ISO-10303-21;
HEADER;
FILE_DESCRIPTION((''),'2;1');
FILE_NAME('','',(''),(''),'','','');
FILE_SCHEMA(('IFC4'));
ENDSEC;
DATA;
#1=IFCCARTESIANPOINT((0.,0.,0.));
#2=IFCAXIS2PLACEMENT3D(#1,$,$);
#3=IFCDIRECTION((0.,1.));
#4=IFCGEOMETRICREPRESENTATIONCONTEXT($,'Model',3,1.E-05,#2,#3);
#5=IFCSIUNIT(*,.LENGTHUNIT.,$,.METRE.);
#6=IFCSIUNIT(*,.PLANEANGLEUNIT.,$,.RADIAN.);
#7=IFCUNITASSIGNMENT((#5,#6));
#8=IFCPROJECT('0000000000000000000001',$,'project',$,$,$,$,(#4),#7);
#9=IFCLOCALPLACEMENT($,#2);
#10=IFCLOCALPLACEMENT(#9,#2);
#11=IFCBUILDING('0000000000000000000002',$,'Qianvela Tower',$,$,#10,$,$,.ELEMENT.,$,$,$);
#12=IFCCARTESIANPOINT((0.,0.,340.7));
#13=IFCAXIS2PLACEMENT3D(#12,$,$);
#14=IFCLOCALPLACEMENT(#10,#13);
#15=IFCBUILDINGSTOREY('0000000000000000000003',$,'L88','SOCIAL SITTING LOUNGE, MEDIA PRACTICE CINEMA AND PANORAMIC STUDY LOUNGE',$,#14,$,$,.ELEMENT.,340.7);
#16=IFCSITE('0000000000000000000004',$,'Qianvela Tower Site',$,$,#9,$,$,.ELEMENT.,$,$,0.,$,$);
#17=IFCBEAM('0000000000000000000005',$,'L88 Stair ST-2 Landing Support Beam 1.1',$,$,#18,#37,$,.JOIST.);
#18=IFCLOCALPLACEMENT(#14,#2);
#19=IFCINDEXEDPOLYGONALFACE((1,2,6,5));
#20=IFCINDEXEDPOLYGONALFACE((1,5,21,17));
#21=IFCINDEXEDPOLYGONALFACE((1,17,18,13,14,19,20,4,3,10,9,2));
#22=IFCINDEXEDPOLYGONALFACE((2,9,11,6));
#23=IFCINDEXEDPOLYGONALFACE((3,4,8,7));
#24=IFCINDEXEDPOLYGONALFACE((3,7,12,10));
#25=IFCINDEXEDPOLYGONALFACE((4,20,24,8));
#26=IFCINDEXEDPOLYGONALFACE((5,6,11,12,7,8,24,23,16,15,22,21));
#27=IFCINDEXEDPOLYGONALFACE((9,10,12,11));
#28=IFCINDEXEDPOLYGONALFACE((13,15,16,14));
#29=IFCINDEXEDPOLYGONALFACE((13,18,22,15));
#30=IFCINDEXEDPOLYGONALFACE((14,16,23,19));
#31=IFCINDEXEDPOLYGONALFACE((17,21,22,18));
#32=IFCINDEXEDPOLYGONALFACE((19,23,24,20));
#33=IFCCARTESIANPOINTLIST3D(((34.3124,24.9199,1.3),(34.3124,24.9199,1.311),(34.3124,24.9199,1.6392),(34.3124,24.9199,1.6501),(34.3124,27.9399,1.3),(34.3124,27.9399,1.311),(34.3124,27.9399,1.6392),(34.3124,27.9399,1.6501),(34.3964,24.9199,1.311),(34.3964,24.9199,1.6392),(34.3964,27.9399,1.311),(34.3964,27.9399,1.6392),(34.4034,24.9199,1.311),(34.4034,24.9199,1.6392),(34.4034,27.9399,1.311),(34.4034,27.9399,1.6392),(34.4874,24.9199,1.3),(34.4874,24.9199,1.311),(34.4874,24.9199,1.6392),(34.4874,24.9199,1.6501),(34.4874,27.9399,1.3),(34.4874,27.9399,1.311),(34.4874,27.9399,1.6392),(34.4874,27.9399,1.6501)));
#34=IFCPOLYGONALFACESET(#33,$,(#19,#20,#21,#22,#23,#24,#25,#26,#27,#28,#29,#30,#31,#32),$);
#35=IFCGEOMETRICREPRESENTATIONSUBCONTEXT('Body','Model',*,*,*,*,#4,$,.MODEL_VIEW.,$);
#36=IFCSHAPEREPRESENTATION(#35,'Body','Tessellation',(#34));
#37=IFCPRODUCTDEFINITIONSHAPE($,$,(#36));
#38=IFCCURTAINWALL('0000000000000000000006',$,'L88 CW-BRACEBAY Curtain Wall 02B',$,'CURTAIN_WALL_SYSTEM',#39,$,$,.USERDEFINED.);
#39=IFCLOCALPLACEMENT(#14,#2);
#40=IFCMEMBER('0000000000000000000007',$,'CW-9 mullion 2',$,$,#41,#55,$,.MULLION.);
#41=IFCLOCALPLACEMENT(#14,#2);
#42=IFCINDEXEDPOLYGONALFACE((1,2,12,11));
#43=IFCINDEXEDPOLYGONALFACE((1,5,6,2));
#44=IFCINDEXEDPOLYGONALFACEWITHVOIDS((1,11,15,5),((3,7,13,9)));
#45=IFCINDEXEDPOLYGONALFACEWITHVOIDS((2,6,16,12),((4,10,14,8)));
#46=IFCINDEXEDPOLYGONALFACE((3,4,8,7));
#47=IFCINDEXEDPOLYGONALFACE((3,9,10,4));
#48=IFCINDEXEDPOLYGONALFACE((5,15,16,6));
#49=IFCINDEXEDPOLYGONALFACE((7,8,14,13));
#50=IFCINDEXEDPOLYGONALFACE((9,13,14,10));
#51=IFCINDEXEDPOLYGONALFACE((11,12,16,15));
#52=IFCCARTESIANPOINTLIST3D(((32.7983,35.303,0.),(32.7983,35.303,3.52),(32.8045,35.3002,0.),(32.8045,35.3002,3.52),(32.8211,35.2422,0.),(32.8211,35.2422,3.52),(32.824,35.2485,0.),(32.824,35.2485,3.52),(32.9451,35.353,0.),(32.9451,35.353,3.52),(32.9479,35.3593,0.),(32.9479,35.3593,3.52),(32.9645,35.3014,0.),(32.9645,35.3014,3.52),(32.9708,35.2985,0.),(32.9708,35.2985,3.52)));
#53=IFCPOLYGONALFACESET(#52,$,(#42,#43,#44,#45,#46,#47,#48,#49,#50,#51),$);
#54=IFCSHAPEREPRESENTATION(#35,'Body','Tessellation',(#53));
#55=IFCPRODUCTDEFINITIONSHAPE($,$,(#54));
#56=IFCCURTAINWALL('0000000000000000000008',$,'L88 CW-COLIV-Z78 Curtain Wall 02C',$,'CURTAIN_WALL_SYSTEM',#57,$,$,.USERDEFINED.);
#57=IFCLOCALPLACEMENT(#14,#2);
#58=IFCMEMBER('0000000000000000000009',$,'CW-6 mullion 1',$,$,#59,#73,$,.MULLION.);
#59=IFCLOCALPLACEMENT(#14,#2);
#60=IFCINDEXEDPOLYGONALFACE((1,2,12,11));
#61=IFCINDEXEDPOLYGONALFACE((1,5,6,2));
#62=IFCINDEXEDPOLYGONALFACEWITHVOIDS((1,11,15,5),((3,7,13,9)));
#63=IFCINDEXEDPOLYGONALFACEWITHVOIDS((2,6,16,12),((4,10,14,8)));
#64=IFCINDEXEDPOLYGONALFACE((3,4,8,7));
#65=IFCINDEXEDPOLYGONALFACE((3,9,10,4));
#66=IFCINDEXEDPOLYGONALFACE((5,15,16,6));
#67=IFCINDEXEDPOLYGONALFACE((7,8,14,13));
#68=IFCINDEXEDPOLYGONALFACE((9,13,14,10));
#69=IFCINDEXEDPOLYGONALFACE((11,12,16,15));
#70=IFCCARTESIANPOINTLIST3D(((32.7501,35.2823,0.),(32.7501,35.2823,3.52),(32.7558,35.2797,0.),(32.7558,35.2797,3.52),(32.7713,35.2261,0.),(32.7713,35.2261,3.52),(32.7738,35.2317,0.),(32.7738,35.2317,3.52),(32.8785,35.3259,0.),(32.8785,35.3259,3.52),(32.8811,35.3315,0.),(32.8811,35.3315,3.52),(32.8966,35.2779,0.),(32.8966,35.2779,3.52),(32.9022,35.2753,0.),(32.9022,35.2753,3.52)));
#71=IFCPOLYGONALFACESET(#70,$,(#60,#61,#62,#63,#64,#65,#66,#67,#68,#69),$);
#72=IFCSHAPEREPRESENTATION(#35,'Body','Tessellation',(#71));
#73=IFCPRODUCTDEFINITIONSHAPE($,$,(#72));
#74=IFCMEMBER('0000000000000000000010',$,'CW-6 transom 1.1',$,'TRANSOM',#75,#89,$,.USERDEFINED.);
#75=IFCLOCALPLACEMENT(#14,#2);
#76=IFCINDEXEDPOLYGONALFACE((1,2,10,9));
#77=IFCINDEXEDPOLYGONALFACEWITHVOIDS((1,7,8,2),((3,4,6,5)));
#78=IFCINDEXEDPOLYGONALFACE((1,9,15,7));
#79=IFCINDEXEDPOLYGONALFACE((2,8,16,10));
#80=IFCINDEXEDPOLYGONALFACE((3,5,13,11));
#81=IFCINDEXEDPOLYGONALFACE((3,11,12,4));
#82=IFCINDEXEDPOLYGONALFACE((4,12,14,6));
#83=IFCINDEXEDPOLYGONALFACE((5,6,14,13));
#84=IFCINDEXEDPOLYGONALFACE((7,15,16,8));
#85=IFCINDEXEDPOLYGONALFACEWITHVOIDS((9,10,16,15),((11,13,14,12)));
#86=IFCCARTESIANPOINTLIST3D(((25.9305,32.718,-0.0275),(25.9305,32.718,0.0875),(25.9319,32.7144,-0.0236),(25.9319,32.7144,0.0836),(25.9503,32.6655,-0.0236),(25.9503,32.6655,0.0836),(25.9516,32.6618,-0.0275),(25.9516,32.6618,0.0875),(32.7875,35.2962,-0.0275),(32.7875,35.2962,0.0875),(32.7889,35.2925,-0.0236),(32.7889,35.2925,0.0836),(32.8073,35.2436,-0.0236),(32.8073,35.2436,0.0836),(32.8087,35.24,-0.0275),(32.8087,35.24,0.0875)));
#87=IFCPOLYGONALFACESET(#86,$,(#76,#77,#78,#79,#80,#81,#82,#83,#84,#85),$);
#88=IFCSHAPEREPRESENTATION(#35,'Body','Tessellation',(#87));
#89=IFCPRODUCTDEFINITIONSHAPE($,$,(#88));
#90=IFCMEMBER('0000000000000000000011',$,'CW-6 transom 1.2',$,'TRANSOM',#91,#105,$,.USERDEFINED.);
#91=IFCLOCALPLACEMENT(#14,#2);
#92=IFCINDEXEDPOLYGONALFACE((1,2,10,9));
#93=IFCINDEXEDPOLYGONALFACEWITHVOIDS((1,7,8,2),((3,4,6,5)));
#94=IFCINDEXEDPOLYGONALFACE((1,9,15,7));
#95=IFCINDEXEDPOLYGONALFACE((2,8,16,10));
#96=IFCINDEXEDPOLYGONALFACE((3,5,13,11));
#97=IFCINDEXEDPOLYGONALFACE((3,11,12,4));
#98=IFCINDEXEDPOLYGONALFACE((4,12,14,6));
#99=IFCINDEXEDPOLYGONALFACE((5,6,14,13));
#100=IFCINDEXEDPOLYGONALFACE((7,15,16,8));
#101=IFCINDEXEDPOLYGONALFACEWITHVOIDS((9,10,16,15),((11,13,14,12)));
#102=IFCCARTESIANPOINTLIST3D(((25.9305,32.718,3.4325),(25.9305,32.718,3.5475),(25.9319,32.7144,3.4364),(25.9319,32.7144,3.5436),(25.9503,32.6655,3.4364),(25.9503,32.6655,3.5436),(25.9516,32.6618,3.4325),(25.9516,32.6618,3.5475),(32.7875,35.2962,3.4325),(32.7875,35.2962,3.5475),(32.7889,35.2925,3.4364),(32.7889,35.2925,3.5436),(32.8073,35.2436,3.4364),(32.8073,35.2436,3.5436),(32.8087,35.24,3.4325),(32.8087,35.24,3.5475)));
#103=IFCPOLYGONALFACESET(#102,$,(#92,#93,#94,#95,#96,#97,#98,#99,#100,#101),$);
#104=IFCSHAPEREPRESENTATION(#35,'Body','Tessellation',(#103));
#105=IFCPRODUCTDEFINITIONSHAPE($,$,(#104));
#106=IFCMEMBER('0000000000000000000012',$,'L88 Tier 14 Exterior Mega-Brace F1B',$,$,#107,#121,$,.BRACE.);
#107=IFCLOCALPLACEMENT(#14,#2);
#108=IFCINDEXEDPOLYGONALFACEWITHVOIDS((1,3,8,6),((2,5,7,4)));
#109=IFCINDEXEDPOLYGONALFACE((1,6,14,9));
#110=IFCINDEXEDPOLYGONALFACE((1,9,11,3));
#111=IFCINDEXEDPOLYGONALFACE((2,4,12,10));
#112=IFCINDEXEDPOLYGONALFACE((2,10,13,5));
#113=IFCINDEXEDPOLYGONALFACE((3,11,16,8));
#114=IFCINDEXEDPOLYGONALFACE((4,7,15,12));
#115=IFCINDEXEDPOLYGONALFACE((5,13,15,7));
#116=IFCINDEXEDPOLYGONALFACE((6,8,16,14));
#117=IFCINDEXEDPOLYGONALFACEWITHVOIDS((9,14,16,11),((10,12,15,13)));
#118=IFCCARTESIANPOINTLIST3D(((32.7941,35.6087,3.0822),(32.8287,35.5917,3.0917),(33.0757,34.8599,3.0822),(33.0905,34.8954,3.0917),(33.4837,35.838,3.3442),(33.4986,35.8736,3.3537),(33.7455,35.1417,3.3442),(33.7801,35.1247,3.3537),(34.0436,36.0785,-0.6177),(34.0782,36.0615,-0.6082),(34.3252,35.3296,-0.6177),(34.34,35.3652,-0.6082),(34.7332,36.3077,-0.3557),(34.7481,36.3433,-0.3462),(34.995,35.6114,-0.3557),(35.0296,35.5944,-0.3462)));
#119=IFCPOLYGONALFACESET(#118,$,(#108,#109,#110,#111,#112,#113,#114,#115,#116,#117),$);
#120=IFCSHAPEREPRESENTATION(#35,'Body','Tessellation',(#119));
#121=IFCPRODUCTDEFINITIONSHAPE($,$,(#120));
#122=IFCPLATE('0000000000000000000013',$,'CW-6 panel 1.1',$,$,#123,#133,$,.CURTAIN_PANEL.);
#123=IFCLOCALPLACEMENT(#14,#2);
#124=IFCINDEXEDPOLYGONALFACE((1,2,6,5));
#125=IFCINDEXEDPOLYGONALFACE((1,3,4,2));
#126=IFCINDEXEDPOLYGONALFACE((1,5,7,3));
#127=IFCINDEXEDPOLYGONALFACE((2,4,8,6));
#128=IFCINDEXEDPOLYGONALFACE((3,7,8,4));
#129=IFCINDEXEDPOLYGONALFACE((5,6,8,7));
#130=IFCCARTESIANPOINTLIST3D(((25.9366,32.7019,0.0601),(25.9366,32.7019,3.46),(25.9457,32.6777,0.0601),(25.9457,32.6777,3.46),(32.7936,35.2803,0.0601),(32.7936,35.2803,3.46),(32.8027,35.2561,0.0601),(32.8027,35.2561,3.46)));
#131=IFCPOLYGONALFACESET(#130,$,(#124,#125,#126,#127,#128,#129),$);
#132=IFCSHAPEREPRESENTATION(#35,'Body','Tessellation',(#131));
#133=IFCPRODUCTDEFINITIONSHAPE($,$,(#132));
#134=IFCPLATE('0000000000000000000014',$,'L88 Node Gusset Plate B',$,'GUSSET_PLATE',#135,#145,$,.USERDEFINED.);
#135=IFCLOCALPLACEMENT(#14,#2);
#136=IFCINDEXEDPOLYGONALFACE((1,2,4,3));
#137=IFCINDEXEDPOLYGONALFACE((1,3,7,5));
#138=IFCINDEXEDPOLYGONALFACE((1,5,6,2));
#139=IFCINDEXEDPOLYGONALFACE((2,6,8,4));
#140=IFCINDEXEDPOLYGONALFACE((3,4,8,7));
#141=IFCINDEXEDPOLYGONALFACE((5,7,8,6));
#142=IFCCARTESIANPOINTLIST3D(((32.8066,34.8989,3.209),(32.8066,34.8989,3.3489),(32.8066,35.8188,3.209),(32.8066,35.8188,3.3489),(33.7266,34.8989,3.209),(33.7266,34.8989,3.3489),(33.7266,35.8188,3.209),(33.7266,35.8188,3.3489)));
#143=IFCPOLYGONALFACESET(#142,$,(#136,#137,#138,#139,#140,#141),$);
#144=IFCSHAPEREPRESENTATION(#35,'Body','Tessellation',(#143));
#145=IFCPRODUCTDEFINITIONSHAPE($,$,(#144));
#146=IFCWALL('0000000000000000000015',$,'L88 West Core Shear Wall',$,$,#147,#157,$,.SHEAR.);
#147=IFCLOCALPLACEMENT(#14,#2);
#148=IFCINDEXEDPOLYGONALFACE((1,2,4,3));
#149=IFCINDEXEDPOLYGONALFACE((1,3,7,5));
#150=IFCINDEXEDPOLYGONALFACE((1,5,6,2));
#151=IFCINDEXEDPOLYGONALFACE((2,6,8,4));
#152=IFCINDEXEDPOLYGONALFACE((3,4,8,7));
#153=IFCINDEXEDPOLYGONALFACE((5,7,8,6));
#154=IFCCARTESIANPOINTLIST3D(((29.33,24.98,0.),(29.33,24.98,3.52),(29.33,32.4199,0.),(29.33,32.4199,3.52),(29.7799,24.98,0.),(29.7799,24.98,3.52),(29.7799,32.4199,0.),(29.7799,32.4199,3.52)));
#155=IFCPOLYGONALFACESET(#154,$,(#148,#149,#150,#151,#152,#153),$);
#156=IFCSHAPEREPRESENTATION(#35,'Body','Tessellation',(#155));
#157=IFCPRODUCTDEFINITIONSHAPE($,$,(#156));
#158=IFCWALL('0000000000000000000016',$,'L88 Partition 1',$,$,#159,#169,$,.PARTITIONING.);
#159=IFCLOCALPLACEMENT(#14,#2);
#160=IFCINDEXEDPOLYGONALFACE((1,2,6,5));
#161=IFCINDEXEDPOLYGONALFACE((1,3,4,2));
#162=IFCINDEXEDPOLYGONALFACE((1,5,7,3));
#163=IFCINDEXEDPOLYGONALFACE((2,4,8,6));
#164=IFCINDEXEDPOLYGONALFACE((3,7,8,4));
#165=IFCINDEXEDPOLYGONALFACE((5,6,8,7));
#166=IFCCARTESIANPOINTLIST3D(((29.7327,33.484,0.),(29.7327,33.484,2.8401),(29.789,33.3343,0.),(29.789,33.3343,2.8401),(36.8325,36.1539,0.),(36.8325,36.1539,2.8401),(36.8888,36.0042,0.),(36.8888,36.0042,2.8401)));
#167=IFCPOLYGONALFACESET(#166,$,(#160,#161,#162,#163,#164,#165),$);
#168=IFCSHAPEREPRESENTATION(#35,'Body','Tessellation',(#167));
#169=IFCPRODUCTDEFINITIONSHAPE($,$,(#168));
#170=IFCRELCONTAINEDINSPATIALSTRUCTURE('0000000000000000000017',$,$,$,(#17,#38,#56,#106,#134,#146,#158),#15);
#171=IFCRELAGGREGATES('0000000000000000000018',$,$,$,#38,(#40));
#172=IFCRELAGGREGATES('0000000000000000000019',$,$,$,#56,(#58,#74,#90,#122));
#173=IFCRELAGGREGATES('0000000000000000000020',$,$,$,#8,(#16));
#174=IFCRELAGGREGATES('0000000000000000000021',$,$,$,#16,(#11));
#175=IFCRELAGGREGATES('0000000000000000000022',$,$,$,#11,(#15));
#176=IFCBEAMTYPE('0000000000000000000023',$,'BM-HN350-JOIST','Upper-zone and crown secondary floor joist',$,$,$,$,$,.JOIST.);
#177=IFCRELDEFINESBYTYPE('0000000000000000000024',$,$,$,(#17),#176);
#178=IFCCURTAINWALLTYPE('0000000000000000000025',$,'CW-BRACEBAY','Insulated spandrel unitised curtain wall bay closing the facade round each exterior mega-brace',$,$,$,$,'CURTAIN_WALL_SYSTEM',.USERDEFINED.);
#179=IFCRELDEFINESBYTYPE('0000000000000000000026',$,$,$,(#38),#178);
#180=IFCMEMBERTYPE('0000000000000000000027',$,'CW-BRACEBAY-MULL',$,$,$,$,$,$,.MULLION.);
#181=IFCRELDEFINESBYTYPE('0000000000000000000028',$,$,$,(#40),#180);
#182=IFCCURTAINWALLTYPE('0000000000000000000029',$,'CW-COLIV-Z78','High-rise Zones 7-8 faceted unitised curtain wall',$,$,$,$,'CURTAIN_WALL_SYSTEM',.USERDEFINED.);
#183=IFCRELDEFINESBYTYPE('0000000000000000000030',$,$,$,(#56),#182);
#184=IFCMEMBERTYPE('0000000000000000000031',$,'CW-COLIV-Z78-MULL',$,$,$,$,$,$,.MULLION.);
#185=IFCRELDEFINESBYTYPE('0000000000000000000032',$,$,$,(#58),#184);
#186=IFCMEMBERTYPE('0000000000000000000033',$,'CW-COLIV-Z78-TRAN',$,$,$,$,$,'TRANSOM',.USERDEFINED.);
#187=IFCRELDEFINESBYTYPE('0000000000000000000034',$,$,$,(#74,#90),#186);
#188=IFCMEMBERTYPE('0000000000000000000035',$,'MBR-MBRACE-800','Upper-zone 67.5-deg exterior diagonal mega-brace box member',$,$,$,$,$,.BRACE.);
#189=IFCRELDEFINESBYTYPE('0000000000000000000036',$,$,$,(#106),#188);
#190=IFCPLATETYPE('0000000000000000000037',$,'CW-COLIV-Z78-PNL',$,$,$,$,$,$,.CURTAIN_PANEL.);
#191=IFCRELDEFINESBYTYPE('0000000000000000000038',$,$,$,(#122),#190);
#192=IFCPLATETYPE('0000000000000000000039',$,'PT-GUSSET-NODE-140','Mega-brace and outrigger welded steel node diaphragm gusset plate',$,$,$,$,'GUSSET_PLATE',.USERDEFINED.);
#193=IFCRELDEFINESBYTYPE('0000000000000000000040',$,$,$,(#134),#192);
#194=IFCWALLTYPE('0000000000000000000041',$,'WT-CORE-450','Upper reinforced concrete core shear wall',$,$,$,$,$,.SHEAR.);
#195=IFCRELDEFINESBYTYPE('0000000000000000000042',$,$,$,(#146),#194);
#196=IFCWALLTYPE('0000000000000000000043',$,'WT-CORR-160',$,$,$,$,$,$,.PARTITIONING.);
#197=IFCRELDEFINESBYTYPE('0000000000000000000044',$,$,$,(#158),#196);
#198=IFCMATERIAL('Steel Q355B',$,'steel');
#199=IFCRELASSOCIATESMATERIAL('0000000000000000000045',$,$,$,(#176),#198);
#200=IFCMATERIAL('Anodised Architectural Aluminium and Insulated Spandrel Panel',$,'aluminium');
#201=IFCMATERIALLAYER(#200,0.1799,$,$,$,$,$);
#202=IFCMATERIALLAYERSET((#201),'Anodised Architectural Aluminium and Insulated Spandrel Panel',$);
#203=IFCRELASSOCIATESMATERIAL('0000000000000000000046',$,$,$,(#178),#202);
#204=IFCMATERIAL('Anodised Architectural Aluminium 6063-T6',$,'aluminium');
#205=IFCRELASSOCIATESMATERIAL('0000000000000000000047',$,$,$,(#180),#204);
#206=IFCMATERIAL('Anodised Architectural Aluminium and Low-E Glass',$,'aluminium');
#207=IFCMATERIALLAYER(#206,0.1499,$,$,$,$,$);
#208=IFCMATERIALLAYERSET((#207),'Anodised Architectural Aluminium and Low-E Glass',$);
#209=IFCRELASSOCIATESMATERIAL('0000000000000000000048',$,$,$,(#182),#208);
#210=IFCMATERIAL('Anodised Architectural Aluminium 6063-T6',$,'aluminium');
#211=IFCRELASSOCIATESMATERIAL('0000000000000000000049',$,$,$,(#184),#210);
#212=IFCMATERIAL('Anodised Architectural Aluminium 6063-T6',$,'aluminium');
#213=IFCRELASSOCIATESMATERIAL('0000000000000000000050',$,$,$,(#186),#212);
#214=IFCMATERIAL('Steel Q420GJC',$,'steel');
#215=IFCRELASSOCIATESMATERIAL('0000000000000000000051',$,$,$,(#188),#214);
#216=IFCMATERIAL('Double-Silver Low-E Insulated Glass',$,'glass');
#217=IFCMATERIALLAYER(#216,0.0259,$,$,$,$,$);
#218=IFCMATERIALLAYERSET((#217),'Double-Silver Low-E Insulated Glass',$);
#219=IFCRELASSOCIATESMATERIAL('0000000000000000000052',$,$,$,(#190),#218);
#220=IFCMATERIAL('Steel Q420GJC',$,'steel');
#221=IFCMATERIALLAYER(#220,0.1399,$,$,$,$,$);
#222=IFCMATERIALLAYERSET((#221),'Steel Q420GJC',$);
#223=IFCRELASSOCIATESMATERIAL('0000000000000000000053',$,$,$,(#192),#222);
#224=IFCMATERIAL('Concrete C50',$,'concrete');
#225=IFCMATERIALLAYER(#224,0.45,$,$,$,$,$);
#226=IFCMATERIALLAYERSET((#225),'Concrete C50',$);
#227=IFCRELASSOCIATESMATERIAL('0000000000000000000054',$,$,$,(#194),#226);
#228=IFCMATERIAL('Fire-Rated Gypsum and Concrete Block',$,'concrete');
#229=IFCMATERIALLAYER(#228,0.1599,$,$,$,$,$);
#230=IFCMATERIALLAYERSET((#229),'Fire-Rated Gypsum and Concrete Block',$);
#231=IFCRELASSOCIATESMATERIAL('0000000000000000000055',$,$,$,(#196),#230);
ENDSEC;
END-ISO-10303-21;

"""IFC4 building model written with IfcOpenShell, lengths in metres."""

from ifc_helpers import new_model, si_unit, direction, frame, frame_2d, origin, origin_2d, place, context, subcontext, project, spatial, rectangle, hollow_rectangle, i_section, extrude, material, layer, layer_set, material_profile, profile_set, type_object, element, aggregate, save


model = new_model("IFC4")

# Units and contexts
model_context = context("Model", 3, precision=1e-05, world=origin(), true_north=direction((0.0, 1.0)))
body_context = subcontext(model_context, "Body", "Model", "MODEL_VIEW")
ifc_project = project(units=[si_unit("LENGTHUNIT", "METRE"), si_unit("PLANEANGLEUNIT", "RADIAN")], contexts=[model_context])

# Site, building, storey
site_placement = place(None, origin())
site = spatial("IfcSite", under=ifc_project, at=site_placement, Name="Qianvela Tower Site", CompositionType="ELEMENT", RefElevation=0.0)
building_placement = place(site_placement, origin())
building = spatial("IfcBuilding", under=site, at=building_placement, Name="Qianvela Tower", CompositionType="ELEMENT")
storey_placement = place(building_placement, frame((0.0, 0.0, 340.7)))
storey = spatial("IfcBuildingStorey", under=building, at=storey_placement, Name="L88", Description="SOCIAL SITTING LOUNGE, MEDIA PRACTICE CINEMA AND PANORAMIC STUDY LOUNGE", CompositionType="ELEMENT", Elevation=340.7)

# Beam
ifc_material_1 = material(Name="Steel Q355B", Category="steel")
ifc_material_profile_1 = material_profile(ifc_material_1, i_section(OverallWidth=0.175, OverallDepth=0.3501, WebThickness=0.0071, FlangeThickness=0.011, at=origin_2d()), Name="HN350x175x7x11")
ifc_profile_set_1 = profile_set([ifc_material_profile_1], Name="Steel Q355B")
beam_type = type_object("IfcBeamType", Name="BM-HN350-JOIST", Description="Upper-zone and crown secondary floor joist", PredefinedType="JOIST", material=ifc_profile_set_1)
beam_placement = place(storey_placement, frame((34.3999, 24.9199, 1.4751), z_axis=(0.0, 1.0, 0.0), x_axis=(-1.0, 0.0, 0.0)))
element("IfcBeam", 1, at=beam_placement, inside=storey, type_object=beam_type, Name="L88 Stair ST-2 Landing Support Beam 1.1", PredefinedType="JOIST", context=body_context, shape_type="SweptSolid", body=[
    extrude(i_section(OverallWidth=0.175, OverallDepth=0.3501, WebThickness=0.0071, FlangeThickness=0.011, at=origin_2d()), origin(), (0.0, 0.0, 1.0), 3.02),
])

# Curtain wall, member
ifc_material_2 = material(Name="Anodised Architectural Aluminium and Insulated Spandrel Panel", Category="aluminium")
ifc_layer_1 = layer(ifc_material_2, 0.1799)
ifc_layer_set_1 = layer_set([ifc_layer_1], Name="Anodised Architectural Aluminium and Insulated Spandrel Panel")
curtain_wall_type_1 = type_object("IfcCurtainWallType", Name="CW-BRACEBAY", Description="Insulated spandrel unitised curtain wall bay closing the facade round each exterior mega-brace", ElementType="CURTAIN_WALL_SYSTEM", PredefinedType="USERDEFINED", material=ifc_layer_set_1)
curtain_wall_1_placement = place(storey_placement, origin())
curtain_wall_1 = element("IfcCurtainWall", 2, at=curtain_wall_1_placement, inside=storey, type_object=curtain_wall_type_1, Name="L88 CW-BRACEBAY Curtain Wall 02B", ObjectType="CURTAIN_WALL_SYSTEM", PredefinedType="USERDEFINED")
ifc_material_3 = material(Name="Anodised Architectural Aluminium 6063-T6", Category="aluminium")
ifc_material_profile_2 = material_profile(ifc_material_3, hollow_rectangle(XDim=0.0649, YDim=0.1599, WallThickness=0.0049, at=origin_2d()), Name="ALU-MULL-65x160")
ifc_profile_set_2 = profile_set([ifc_material_profile_2], Name="Anodised Architectural Aluminium 6063-T6")
member_type_1 = type_object("IfcMemberType", Name="CW-BRACEBAY-MULL", PredefinedType="MULLION", material=ifc_profile_set_2)
member_1_placement = place(storey_placement, frame((32.8845, 35.3008, 0.0), z_axis=(0.0, 0.0, 1.0), x_axis=(0.351962, -0.936014, 0.0)))
member_1 = element("IfcMember", 3, at=member_1_placement, type_object=member_type_1, Name="CW-9 mullion 2", PredefinedType="MULLION", context=body_context, shape_type="SweptSolid", body=[
    extrude(hollow_rectangle(XDim=0.0649, YDim=0.1599, WallThickness=0.0049, at=origin_2d()), origin(), (0.0, 0.0, 1.0), 3.52),
])
aggregate(curtain_wall_1, [member_1])

# Curtain wall, members
ifc_material_4 = material(Name="Anodised Architectural Aluminium and Low-E Glass", Category="aluminium")
ifc_layer_2 = layer(ifc_material_4, 0.1499)
ifc_layer_set_2 = layer_set([ifc_layer_2], Name="Anodised Architectural Aluminium and Low-E Glass")
curtain_wall_type_2 = type_object("IfcCurtainWallType", Name="CW-COLIV-Z78", Description="High-rise Zones 7-8 faceted unitised curtain wall", ElementType="CURTAIN_WALL_SYSTEM", PredefinedType="USERDEFINED", material=ifc_layer_set_2)
curtain_wall_2_placement = place(storey_placement, origin())
curtain_wall_2 = element("IfcCurtainWall", 4, at=curtain_wall_2_placement, inside=storey, type_object=curtain_wall_type_2, Name="L88 CW-COLIV-Z78 Curtain Wall 02C", ObjectType="CURTAIN_WALL_SYSTEM", PredefinedType="USERDEFINED")
ifc_material_5 = material(Name="Anodised Architectural Aluminium 6063-T6", Category="aluminium")
ifc_material_profile_3 = material_profile(ifc_material_5, hollow_rectangle(XDim=0.0601, YDim=0.1399, WallThickness=0.0044, at=origin_2d()), Name="ALU-MULL-60x140")
ifc_profile_set_3 = profile_set([ifc_material_profile_3], Name="Anodised Architectural Aluminium 6063-T6")
member_type_2 = type_object("IfcMemberType", Name="CW-COLIV-Z78-MULL", PredefinedType="MULLION", material=ifc_profile_set_3)
member_2_placement = place(storey_placement, frame((32.8262, 35.2788, 0.0), z_axis=(0.0, 0.0, 1.0), x_axis=(0.351959, -0.936015, 0.0)))
member_2 = element("IfcMember", 5, at=member_2_placement, type_object=member_type_2, Name="CW-6 mullion 1", PredefinedType="MULLION", context=body_context, shape_type="SweptSolid", body=[
    extrude(hollow_rectangle(XDim=0.0601, YDim=0.1399, WallThickness=0.0044, at=origin_2d()), origin(), (0.0, 0.0, 1.0), 3.52),
])
ifc_material_6 = material(Name="Anodised Architectural Aluminium 6063-T6", Category="aluminium")
ifc_material_profile_4 = material_profile(ifc_material_6, hollow_rectangle(XDim=0.0601, YDim=0.115, WallThickness=0.0039, at=origin_2d()), Name="ALU-TRAN-60x115")
ifc_profile_set_4 = profile_set([ifc_material_profile_4], Name="Anodised Architectural Aluminium 6063-T6")
member_type_3 = type_object("IfcMemberType", Name="CW-COLIV-Z78-TRAN", ElementType="TRANSOM", PredefinedType="USERDEFINED", material=ifc_profile_set_4)
member_3_placement = place(storey_placement, frame((32.7981, 35.2681, 0.03), z_axis=(-0.936025, -0.351934, 0.0), x_axis=(0.351934, -0.936025, 0.0)))
member_3 = element("IfcMember", 6, at=member_3_placement, type_object=member_type_3, Name="CW-6 transom 1.1", ObjectType="TRANSOM", PredefinedType="USERDEFINED", context=body_context, shape_type="SweptSolid", body=[
    extrude(hollow_rectangle(XDim=0.0601, YDim=0.115, WallThickness=0.0039, at=origin_2d()), origin(), (0.0, 0.0, 1.0), 7.3257),
])
member_4_placement = place(storey_placement, frame((32.7981, 35.2681, 3.49), z_axis=(-0.936025, -0.351934, 0.0), x_axis=(0.351934, -0.936025, 0.0)))
member_4 = element("IfcMember", 7, at=member_4_placement, type_object=member_type_3, Name="CW-6 transom 1.2", ObjectType="TRANSOM", PredefinedType="USERDEFINED", context=body_context, shape_type="SweptSolid", body=[
    extrude(hollow_rectangle(XDim=0.0601, YDim=0.115, WallThickness=0.0039, at=origin_2d()), origin(), (0.0, 0.0, 1.0), 7.3257),
])

# Member
ifc_material_7 = material(Name="Steel Q420GJC", Category="steel")
ifc_material_profile_5 = material_profile(ifc_material_7, hollow_rectangle(XDim=0.8, YDim=0.8, WallThickness=0.0281, at=origin_2d()), Name="MBOX-800x800x28")
ifc_profile_set_5 = profile_set([ifc_material_profile_5], Name="Steel Q420GJC")
member_type_4 = type_object("IfcMemberType", Name="MBR-MBRACE-800", Description="Upper-zone 67.5-deg exterior diagonal mega-brace box member", PredefinedType="BRACE", material=ifc_profile_set_5)
member_5_placement = place(storey_placement, frame((34.5366, 35.8364, -0.4819), z_axis=(-0.317668, -0.11942, 0.940652), x_axis=(0.351885, -0.936043, 0.0)))
element("IfcMember", 8, at=member_5_placement, inside=storey, type_object=member_type_4, Name="L88 Tier 14 Exterior Mega-Brace F1B", PredefinedType="BRACE", context=body_context, shape_type="SweptSolid", body=[
    extrude(hollow_rectangle(XDim=0.8, YDim=0.8, WallThickness=0.0281, at=origin_2d()), origin(), (0.0, 0.0, 1.0), 3.9333),
])

# Plates
ifc_material_8 = material(Name="Double-Silver Low-E Insulated Glass", Category="glass")
ifc_layer_3 = layer(ifc_material_8, 0.0259)
ifc_layer_set_3 = layer_set([ifc_layer_3], Name="Double-Silver Low-E Insulated Glass")
plate_type_1 = type_object("IfcPlateType", Name="CW-COLIV-Z78-PNL", PredefinedType="CURTAIN_PANEL", material=ifc_layer_set_3)
plate_1_placement = place(storey_placement, frame((29.3696, 33.979, 0.0601), z_axis=(0.0, 0.0, 1.0), x_axis=(-0.936015, -0.351959, 0.0)))
plate_1 = element("IfcPlate", 9, at=plate_1_placement, type_object=plate_type_1, Name="CW-6 panel 1.1", PredefinedType="CURTAIN_PANEL", context=body_context, shape_type="SweptSolid", body=[
    extrude(rectangle(XDim=7.3257, YDim=0.0259, at=origin_2d()), origin(), (0.0, 0.0, 1.0), 3.3999),
])
aggregate(curtain_wall_2, [member_2, member_3, member_4, plate_1])
ifc_material_9 = material(Name="Steel Q420GJC", Category="steel")
ifc_layer_4 = layer(ifc_material_9, 0.1399)
ifc_layer_set_4 = layer_set([ifc_layer_4], Name="Steel Q420GJC")
plate_type_2 = type_object("IfcPlateType", Name="PT-GUSSET-NODE-140", Description="Mega-brace and outrigger welded steel node diaphragm gusset plate", ElementType="GUSSET_PLATE", PredefinedType="USERDEFINED", material=ifc_layer_set_4)
plate_2_placement = place(storey_placement, frame((33.2666, 35.3589, 3.209), z_axis=(0.0, 0.0, 1.0), x_axis=(1.0, 0.0, 0.0)))
element("IfcPlate", 10, at=plate_2_placement, inside=storey, type_object=plate_type_2, Name="L88 Node Gusset Plate B", ObjectType="GUSSET_PLATE", PredefinedType="USERDEFINED", context=body_context, shape_type="SweptSolid", body=[
    extrude(rectangle(XDim=0.9199, YDim=0.9199, at=origin_2d()), origin(), (0.0, 0.0, 1.0), 0.1399),
])

# Shared definitions
ifc_material_10 = material(Name="Concrete C50", Category="concrete")
ifc_layer_5 = layer(ifc_material_10, 0.45)
ifc_layer_set_5 = layer_set([ifc_layer_5], Name="Concrete C50")
wall_type_1 = type_object("IfcWallType", Name="WT-CORE-450", Description="Upper reinforced concrete core shear wall", PredefinedType="SHEAR", material=ifc_layer_set_5)

# Walls
wall_1_placement = place(storey_placement, frame((29.5549, 24.98, 0.0), z_axis=(0.0, 0.0, 1.0), x_axis=(0.0, 1.0, 0.0)))
element("IfcWall", 11, at=wall_1_placement, inside=storey, type_object=wall_type_1, Name="L88 West Core Shear Wall", PredefinedType="SHEAR", context=body_context, shape_type="SweptSolid", body=[
    extrude(rectangle(XDim=7.4399, YDim=0.45, at=frame_2d((3.72, 0.0))), origin(), (0.0, 0.0, 1.0), 3.52),
])
ifc_material_11 = material(Name="Fire-Rated Gypsum and Concrete Block", Category="concrete")
ifc_layer_6 = layer(ifc_material_11, 0.1599)
ifc_layer_set_6 = layer_set([ifc_layer_6], Name="Fire-Rated Gypsum and Concrete Block")
wall_type_2 = type_object("IfcWallType", Name="WT-CORR-160", PredefinedType="PARTITIONING", material=ifc_layer_set_6)
wall_2_placement = place(storey_placement, frame((29.761, 33.4092, 0.0), z_axis=(0.0, 0.0, 1.0), x_axis=(0.936005, 0.351987, 0.0)))
element("IfcWall", 12, at=wall_2_placement, inside=storey, type_object=wall_type_2, Name="L88 Partition 1", PredefinedType="PARTITIONING", context=body_context, shape_type="SweptSolid", body=[
    extrude(rectangle(XDim=7.5852, YDim=0.1599, at=frame_2d((3.7925, 0.0))), origin(), (0.0, 0.0, 1.0), 2.8401),
])

save(model, "model.ifc")
